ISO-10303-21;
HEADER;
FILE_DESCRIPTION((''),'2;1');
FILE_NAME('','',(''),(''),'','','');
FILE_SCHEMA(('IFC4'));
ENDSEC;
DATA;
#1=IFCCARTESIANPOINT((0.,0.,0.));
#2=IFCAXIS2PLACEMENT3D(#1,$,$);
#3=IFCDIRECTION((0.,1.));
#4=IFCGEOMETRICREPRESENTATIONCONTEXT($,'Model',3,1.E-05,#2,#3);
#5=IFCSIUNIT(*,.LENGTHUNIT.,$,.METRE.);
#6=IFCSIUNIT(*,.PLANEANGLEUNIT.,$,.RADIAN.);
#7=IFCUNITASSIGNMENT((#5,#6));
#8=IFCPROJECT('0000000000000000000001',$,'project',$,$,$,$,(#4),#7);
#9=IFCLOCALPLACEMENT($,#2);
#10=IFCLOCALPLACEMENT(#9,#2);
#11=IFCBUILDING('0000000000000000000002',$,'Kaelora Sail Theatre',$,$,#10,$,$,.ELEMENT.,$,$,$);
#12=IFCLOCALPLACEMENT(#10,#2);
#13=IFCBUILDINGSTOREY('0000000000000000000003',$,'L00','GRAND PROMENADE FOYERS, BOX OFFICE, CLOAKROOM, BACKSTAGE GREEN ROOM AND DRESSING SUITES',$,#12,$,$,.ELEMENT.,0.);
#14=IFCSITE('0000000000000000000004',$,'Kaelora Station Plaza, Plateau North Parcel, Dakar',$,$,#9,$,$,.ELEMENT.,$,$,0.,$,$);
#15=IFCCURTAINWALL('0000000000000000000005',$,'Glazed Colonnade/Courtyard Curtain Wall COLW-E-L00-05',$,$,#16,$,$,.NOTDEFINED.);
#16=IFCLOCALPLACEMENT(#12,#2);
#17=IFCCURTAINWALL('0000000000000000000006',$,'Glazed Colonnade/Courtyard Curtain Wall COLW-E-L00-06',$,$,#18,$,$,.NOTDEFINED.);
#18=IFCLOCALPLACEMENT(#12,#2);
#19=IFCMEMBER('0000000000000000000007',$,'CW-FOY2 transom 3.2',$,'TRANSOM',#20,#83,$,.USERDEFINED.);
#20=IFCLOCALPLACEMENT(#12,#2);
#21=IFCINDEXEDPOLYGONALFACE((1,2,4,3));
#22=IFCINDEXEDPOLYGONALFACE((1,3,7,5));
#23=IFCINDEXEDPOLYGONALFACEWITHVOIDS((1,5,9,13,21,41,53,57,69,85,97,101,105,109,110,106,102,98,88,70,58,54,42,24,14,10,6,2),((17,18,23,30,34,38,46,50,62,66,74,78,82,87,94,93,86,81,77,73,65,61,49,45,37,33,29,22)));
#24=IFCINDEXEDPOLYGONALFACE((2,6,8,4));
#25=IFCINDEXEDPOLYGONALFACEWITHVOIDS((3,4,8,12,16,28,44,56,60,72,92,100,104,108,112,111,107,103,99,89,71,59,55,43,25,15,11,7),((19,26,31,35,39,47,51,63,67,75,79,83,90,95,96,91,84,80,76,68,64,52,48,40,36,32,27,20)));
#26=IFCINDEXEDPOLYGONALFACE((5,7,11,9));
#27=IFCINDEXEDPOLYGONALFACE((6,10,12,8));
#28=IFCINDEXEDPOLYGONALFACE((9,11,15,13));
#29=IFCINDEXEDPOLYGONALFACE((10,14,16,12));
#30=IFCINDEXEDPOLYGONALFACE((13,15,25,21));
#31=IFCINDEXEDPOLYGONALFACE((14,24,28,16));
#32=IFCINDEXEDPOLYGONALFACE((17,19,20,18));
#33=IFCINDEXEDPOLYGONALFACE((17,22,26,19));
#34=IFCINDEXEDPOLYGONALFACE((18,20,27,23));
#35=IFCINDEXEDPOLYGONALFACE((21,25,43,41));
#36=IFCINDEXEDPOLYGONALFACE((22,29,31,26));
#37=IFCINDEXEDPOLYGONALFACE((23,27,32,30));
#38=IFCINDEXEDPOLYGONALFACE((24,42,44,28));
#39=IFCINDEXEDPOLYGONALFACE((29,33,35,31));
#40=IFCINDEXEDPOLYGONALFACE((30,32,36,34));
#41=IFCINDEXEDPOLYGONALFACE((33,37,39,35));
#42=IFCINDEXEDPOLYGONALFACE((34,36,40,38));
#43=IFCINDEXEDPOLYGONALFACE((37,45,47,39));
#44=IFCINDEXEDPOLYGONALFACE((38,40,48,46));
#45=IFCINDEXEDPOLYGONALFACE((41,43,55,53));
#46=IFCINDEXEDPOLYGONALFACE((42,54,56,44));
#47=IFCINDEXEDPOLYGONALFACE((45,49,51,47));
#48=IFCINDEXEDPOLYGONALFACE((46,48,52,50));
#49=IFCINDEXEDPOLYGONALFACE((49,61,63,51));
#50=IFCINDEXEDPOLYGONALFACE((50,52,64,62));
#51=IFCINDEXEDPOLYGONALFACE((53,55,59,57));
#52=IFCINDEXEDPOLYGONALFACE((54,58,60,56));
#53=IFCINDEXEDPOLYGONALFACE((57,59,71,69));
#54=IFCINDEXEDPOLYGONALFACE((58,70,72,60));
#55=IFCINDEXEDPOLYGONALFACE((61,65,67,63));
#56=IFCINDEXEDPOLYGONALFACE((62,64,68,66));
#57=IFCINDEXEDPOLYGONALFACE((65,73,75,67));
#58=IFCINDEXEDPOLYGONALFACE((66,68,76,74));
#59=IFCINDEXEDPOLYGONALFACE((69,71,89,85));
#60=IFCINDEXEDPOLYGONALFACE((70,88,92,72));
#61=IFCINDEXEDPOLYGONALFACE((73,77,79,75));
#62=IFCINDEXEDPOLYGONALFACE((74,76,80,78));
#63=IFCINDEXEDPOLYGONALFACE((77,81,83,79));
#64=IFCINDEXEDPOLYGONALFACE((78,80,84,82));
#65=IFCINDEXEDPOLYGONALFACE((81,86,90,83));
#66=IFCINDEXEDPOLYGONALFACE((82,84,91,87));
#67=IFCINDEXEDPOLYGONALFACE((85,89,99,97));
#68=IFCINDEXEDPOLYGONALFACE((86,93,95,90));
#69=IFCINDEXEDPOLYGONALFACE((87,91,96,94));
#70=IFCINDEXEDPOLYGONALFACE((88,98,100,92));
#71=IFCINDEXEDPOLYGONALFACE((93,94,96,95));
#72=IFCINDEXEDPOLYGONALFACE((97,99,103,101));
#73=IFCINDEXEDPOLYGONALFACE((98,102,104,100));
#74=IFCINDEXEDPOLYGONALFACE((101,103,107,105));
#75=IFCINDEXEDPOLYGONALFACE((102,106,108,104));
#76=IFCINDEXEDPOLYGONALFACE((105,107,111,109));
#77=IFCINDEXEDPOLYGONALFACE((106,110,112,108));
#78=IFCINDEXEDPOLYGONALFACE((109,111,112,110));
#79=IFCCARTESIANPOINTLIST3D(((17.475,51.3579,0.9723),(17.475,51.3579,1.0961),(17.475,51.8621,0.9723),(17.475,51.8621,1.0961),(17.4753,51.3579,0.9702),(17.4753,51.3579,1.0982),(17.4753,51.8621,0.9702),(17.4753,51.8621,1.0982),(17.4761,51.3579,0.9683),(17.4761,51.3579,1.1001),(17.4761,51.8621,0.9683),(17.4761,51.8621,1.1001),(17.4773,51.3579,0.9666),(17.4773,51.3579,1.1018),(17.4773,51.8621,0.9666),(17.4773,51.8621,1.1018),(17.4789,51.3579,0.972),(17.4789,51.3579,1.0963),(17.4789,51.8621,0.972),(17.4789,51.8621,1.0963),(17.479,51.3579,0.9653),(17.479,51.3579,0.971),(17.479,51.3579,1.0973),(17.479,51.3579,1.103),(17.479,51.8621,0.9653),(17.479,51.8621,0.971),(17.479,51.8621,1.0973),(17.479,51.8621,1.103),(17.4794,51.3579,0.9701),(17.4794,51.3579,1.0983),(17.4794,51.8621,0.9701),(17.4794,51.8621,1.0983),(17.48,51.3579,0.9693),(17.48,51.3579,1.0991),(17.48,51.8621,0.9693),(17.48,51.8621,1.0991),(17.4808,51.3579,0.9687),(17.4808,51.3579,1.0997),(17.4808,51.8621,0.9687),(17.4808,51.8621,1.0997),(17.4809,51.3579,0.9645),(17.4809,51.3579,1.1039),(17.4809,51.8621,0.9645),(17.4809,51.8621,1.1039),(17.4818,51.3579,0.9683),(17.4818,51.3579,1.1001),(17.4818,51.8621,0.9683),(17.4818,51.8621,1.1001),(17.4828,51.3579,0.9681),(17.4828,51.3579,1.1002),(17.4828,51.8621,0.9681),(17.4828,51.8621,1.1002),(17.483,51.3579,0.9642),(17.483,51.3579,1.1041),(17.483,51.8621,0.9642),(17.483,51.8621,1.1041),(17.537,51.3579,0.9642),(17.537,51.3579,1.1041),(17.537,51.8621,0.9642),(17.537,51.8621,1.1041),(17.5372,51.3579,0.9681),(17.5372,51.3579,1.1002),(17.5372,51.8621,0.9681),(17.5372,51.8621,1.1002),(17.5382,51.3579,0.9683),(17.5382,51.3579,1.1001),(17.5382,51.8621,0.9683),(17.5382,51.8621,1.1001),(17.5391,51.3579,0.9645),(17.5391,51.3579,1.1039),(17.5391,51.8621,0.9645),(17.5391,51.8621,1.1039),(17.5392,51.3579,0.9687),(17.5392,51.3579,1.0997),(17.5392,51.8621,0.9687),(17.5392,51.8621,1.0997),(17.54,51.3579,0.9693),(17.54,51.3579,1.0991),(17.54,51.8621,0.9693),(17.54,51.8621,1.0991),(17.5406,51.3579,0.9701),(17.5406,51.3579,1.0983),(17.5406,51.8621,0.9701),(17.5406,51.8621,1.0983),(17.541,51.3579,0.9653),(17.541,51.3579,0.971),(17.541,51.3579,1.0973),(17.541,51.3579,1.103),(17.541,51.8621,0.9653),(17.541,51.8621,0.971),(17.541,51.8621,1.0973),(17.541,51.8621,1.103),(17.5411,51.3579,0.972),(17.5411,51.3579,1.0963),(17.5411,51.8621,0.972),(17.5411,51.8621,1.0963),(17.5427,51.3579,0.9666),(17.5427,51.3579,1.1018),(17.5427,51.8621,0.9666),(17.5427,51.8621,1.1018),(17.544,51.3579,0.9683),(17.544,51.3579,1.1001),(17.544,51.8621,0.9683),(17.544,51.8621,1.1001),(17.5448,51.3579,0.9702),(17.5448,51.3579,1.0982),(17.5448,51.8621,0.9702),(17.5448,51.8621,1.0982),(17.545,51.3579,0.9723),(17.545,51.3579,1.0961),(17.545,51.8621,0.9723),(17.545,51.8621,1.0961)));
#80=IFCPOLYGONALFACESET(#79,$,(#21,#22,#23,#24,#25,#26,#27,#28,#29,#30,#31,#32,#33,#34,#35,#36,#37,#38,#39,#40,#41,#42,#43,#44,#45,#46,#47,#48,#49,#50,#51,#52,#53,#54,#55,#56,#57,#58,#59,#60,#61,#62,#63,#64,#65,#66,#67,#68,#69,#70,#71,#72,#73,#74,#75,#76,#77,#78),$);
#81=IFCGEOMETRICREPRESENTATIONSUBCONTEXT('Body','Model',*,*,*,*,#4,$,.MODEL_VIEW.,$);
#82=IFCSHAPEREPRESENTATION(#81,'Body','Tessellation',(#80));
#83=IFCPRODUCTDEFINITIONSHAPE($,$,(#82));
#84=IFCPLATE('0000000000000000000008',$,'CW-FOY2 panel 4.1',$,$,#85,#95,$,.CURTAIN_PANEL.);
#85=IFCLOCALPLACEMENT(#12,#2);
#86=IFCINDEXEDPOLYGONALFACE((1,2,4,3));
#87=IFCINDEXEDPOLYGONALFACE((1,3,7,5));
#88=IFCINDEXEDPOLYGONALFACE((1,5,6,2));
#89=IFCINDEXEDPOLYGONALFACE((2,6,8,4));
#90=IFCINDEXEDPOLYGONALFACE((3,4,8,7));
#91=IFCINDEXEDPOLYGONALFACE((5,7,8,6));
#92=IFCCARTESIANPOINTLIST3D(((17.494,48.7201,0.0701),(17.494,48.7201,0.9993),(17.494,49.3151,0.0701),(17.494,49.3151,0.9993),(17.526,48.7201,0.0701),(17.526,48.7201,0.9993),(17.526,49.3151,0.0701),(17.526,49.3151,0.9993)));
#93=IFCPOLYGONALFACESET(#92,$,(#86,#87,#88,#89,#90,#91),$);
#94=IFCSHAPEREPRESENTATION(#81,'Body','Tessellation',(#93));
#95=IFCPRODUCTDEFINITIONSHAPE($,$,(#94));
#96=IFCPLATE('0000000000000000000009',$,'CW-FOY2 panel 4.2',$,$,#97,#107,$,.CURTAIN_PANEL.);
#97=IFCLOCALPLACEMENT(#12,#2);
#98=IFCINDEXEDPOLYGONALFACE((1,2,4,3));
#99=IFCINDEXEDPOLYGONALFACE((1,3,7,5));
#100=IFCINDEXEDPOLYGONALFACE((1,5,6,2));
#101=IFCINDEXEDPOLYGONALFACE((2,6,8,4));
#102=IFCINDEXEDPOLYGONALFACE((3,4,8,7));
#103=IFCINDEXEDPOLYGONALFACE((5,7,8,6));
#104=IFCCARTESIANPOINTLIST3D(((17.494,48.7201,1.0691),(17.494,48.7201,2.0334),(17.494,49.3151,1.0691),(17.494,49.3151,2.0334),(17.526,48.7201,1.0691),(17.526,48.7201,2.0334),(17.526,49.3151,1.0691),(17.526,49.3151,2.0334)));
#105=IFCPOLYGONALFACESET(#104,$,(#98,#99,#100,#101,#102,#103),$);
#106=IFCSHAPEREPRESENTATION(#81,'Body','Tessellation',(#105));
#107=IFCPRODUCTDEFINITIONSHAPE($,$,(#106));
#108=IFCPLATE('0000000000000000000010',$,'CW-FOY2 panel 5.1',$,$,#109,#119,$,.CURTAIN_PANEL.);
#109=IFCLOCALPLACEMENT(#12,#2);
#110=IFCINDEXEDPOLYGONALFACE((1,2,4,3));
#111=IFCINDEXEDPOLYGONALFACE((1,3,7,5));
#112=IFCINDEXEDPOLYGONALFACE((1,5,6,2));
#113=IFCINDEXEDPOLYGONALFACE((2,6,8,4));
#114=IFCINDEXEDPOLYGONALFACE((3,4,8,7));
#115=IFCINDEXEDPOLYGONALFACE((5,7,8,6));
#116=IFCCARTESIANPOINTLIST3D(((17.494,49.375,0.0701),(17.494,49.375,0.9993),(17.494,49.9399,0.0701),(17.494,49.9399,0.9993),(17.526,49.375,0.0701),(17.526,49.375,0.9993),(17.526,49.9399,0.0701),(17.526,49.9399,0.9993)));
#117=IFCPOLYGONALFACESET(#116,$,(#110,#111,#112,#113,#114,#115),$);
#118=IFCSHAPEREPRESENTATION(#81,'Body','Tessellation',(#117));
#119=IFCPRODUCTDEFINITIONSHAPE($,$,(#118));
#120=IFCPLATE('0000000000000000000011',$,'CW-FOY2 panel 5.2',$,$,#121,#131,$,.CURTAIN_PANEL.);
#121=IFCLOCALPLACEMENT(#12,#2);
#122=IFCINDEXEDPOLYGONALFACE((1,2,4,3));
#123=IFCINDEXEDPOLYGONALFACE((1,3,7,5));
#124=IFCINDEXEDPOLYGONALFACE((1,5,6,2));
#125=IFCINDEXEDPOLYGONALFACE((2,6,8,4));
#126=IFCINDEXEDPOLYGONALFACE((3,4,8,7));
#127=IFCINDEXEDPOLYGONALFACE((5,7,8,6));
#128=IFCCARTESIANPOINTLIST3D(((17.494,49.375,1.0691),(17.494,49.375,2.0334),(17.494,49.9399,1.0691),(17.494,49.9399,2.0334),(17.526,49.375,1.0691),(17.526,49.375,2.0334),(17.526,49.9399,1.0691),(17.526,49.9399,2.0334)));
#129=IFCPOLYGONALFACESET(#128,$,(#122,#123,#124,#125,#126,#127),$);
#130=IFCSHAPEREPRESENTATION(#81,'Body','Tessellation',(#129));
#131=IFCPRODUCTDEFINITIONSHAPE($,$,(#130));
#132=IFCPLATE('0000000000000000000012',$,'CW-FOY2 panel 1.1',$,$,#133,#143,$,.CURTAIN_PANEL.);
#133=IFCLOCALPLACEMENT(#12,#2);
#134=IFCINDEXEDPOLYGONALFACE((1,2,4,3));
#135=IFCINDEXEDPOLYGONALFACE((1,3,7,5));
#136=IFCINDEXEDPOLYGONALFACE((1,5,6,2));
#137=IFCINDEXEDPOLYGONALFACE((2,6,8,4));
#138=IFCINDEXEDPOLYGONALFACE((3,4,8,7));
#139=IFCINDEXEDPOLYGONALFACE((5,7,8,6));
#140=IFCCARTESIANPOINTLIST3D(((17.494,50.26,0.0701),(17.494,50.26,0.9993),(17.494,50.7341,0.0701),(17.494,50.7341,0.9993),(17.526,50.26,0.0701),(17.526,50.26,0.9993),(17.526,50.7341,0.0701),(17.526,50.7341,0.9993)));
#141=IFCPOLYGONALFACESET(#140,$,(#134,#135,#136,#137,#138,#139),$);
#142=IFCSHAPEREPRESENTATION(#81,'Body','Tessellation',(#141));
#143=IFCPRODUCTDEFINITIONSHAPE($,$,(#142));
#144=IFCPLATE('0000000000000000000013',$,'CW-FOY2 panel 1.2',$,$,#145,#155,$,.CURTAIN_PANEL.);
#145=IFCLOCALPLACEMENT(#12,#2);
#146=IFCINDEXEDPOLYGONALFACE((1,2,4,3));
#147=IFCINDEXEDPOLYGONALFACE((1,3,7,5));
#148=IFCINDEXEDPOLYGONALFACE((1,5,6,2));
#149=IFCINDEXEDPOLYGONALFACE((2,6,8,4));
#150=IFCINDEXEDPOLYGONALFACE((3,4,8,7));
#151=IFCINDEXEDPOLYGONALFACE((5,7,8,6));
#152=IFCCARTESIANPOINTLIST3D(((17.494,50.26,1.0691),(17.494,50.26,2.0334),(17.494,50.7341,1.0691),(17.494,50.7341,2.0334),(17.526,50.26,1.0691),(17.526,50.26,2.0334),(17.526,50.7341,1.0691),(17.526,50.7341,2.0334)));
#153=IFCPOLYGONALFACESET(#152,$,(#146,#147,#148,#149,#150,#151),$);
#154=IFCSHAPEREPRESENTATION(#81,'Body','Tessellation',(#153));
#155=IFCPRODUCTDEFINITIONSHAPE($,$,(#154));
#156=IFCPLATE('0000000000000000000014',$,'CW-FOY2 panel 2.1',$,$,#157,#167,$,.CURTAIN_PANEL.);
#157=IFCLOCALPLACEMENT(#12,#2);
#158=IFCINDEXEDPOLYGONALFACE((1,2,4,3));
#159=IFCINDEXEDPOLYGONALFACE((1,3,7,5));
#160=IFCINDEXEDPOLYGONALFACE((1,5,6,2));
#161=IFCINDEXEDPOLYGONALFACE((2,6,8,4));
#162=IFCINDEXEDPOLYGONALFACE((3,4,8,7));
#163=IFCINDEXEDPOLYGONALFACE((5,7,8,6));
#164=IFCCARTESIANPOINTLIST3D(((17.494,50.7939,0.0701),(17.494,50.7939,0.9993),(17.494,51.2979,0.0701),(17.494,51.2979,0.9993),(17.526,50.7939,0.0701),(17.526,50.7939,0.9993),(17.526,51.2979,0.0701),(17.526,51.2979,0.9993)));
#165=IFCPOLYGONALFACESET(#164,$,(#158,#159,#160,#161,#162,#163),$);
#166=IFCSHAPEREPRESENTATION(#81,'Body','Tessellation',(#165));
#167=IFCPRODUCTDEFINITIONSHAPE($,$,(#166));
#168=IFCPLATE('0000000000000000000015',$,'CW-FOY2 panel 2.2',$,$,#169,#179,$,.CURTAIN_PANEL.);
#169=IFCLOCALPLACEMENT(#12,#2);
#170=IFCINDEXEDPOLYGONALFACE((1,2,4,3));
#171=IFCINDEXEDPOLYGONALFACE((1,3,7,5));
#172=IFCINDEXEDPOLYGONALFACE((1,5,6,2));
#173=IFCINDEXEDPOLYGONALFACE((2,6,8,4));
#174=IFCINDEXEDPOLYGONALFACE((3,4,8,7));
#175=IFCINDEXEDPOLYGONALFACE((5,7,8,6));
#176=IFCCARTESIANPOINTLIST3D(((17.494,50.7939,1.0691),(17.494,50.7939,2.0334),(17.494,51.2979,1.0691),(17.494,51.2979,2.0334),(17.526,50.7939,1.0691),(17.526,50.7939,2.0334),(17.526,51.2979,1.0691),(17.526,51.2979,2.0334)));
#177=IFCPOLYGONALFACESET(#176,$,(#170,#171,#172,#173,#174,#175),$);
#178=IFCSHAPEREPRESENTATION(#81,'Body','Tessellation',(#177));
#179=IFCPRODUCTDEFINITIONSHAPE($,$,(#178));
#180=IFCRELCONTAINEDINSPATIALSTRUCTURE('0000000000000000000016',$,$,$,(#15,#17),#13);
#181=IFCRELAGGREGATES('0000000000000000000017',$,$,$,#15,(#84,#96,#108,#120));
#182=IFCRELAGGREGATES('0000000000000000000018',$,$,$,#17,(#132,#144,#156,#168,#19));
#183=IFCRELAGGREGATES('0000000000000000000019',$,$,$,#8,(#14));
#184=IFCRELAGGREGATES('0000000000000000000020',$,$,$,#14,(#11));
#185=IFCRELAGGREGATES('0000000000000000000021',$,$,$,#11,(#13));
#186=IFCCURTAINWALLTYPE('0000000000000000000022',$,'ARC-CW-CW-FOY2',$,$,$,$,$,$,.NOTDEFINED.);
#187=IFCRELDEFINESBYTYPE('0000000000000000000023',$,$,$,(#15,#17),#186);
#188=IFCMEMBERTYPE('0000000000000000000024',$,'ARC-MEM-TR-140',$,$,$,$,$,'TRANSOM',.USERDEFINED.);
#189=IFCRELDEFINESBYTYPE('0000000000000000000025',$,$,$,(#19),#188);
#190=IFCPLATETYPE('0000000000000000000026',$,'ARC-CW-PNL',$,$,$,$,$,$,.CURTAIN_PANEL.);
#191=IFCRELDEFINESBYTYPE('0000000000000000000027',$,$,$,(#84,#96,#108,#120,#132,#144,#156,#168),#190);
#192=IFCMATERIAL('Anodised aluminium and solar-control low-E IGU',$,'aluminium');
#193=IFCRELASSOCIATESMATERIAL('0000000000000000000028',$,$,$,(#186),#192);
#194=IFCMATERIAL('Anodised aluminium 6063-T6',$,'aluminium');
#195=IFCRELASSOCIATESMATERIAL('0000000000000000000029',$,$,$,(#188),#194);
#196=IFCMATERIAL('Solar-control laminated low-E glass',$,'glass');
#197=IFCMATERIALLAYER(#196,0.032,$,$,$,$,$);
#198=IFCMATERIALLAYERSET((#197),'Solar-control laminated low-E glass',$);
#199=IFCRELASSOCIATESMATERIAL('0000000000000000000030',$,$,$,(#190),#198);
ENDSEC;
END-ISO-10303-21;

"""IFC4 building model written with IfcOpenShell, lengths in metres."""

from ifc_helpers import new_model, si_unit, direction, frame, origin, origin_2d, place, context, subcontext, project, spatial, rectangle, hollow_rectangle, extrude, material, layer, layer_set, material_profile, profile_set, type_object, element, aggregate, save


model = new_model("IFC4")

# Units and contexts
model_context = context("Model", 3, precision=1e-05, world=origin(), true_north=direction((0.0, 1.0)))
body_context = subcontext(model_context, "Body", "Model", "MODEL_VIEW")
ifc_project = project(units=[si_unit("LENGTHUNIT", "METRE"), si_unit("PLANEANGLEUNIT", "RADIAN")], contexts=[model_context])

# Site, building, storey
site_placement = place(None, origin())
site = spatial("IfcSite", under=ifc_project, at=site_placement, Name="Kaelora Station Plaza, Plateau North Parcel, Dakar", CompositionType="ELEMENT", RefElevation=0.0)
building_placement = place(site_placement, origin())
building = spatial("IfcBuilding", under=site, at=building_placement, Name="Kaelora Sail Theatre", CompositionType="ELEMENT")
storey_placement = place(building_placement, origin())
storey = spatial("IfcBuildingStorey", under=building, at=storey_placement, Name="L00", Description="GRAND PROMENADE FOYERS, BOX OFFICE, CLOAKROOM, BACKSTAGE GREEN ROOM AND DRESSING SUITES", CompositionType="ELEMENT", Elevation=0.0)

# Curtain walls
ifc_material_1 = material(Name="Anodised aluminium and solar-control low-E IGU", Category="aluminium")
curtain_wall_type = type_object("IfcCurtainWallType", Name="ARC-CW-CW-FOY2", PredefinedType="NOTDEFINED", material=ifc_material_1)
curtain_wall_1_placement = place(storey_placement, origin())
curtain_wall_1 = element("IfcCurtainWall", 1, at=curtain_wall_1_placement, inside=storey, type_object=curtain_wall_type, Name="Glazed Colonnade/Courtyard Curtain Wall COLW-E-L00-05", PredefinedType="NOTDEFINED")
curtain_wall_2_placement = place(storey_placement, origin())
curtain_wall_2 = element("IfcCurtainWall", 2, at=curtain_wall_2_placement, inside=storey, type_object=curtain_wall_type, Name="Glazed Colonnade/Courtyard Curtain Wall COLW-E-L00-06", PredefinedType="NOTDEFINED")

# Member
ifc_material_2 = material(Name="Anodised aluminium 6063-T6", Category="aluminium")
ifc_material_profile_1 = material_profile(ifc_material_2, hollow_rectangle(XDim=0.0701, YDim=0.1399, WallThickness=0.0039, InnerFilletRadius=0.0039, OuterFilletRadius=0.0081, at=origin_2d()), Name="ALU-TRAN 70x140x4")
ifc_profile_set_1 = profile_set([ifc_material_profile_1], Name="Anodised aluminium 6063-T6")
member_type_1 = type_object("IfcMemberType", Name="ARC-MEM-TR-140", ElementType="TRANSOM", PredefinedType="USERDEFINED", material=ifc_profile_set_1)
member_1_placement = place(storey_placement, frame((17.51, 51.3579, 1.0342), z_axis=(0.0, 1.0, 0.0), x_axis=(-1.0, 0.0, 0.0)))
member_1 = element("IfcMember", 3, at=member_1_placement, type_object=member_type_1, Name="CW-FOY2 transom 3.2", ObjectType="TRANSOM", PredefinedType="USERDEFINED", context=body_context, shape_type="SweptSolid", body=[
    extrude(hollow_rectangle(XDim=0.0701, YDim=0.1399, WallThickness=0.0039, InnerFilletRadius=0.0039, OuterFilletRadius=0.0081, at=origin_2d()), origin(), (0.0, 0.0, 1.0), 0.5042),
])

# Plates
ifc_material_3 = material(Name="Solar-control laminated low-E glass", Category="glass")
ifc_layer = layer(ifc_material_3, 0.032)
ifc_layer_set = layer_set([ifc_layer], Name="Solar-control laminated low-E glass")
plate_type = type_object("IfcPlateType", Name="ARC-CW-PNL", PredefinedType="CURTAIN_PANEL", material=ifc_layer_set)
plate_1_placement = place(storey_placement, frame((17.51, 49.0176, 0.0701), z_axis=(0.0, 0.0, 1.0), x_axis=(0.0, 1.0, 0.0)))
plate_1 = element("IfcPlate", 4, at=plate_1_placement, type_object=plate_type, Name="CW-FOY2 panel 4.1", PredefinedType="CURTAIN_PANEL", context=body_context, shape_type="SweptSolid", body=[
    extrude(rectangle(XDim=0.595, YDim=0.032, at=origin_2d()), origin(), (0.0, 0.0, 1.0), 0.9292),
])
plate_2_placement = place(storey_placement, frame((17.51, 49.0176, 1.0691), z_axis=(0.0, 0.0, 1.0), x_axis=(0.0, 1.0, 0.0)))
plate_2 = element("IfcPlate", 5, at=plate_2_placement, type_object=plate_type, Name="CW-FOY2 panel 4.2", PredefinedType="CURTAIN_PANEL", context=body_context, shape_type="SweptSolid", body=[
    extrude(rectangle(XDim=0.595, YDim=0.032, at=origin_2d()), origin(), (0.0, 0.0, 1.0), 0.9644),
])
plate_3_placement = place(storey_placement, frame((17.51, 49.6575, 0.0701), z_axis=(0.0, 0.0, 1.0), x_axis=(0.0, 1.0, 0.0)))
plate_3 = element("IfcPlate", 6, at=plate_3_placement, type_object=plate_type, Name="CW-FOY2 panel 5.1", PredefinedType="CURTAIN_PANEL", context=body_context, shape_type="SweptSolid", body=[
    extrude(rectangle(XDim=0.5649, YDim=0.032, at=origin_2d()), origin(), (0.0, 0.0, 1.0), 0.9292),
])
plate_4_placement = place(storey_placement, frame((17.51, 49.6575, 1.0691), z_axis=(0.0, 0.0, 1.0), x_axis=(0.0, 1.0, 0.0)))
plate_4 = element("IfcPlate", 7, at=plate_4_placement, type_object=plate_type, Name="CW-FOY2 panel 5.2", PredefinedType="CURTAIN_PANEL", context=body_context, shape_type="SweptSolid", body=[
    extrude(rectangle(XDim=0.5649, YDim=0.032, at=origin_2d()), origin(), (0.0, 0.0, 1.0), 0.9644),
])
aggregate(curtain_wall_1, [plate_1, plate_2, plate_3, plate_4])
plate_5_placement = place(storey_placement, frame((17.51, 50.4971, 0.0701), z_axis=(0.0, 0.0, 1.0), x_axis=(0.0, 1.0, 0.0)))
plate_5 = element("IfcPlate", 8, at=plate_5_placement, type_object=plate_type, Name="CW-FOY2 panel 1.1", PredefinedType="CURTAIN_PANEL", context=body_context, shape_type="SweptSolid", body=[
    extrude(rectangle(XDim=0.4741, YDim=0.032, at=origin_2d()), origin(), (0.0, 0.0, 1.0), 0.9292),
])
plate_6_placement = place(storey_placement, frame((17.51, 50.4971, 1.0691), z_axis=(0.0, 0.0, 1.0), x_axis=(0.0, 1.0, 0.0)))
plate_6 = element("IfcPlate", 9, at=plate_6_placement, type_object=plate_type, Name="CW-FOY2 panel 1.2", PredefinedType="CURTAIN_PANEL", context=body_context, shape_type="SweptSolid", body=[
    extrude(rectangle(XDim=0.4741, YDim=0.032, at=origin_2d()), origin(), (0.0, 0.0, 1.0), 0.9644),
])
plate_7_placement = place(storey_placement, frame((17.51, 51.0459, 0.0701), z_axis=(0.0, 0.0, 1.0), x_axis=(0.0, 1.0, 0.0)))
plate_7 = element("IfcPlate", 10, at=plate_7_placement, type_object=plate_type, Name="CW-FOY2 panel 2.1", PredefinedType="CURTAIN_PANEL", context=body_context, shape_type="SweptSolid", body=[
    extrude(rectangle(XDim=0.5039, YDim=0.032, at=origin_2d()), origin(), (0.0, 0.0, 1.0), 0.9292),
])
plate_8_placement = place(storey_placement, frame((17.51, 51.0459, 1.0691), z_axis=(0.0, 0.0, 1.0), x_axis=(0.0, 1.0, 0.0)))
plate_8 = element("IfcPlate", 11, at=plate_8_placement, type_object=plate_type, Name="CW-FOY2 panel 2.2", PredefinedType="CURTAIN_PANEL", context=body_context, shape_type="SweptSolid", body=[
    extrude(rectangle(XDim=0.5039, YDim=0.032, at=origin_2d()), origin(), (0.0, 0.0, 1.0), 0.9644),
])
aggregate(curtain_wall_2, [plate_5, plate_6, plate_7, plate_8, member_1])

save(model, "model.ifc")
